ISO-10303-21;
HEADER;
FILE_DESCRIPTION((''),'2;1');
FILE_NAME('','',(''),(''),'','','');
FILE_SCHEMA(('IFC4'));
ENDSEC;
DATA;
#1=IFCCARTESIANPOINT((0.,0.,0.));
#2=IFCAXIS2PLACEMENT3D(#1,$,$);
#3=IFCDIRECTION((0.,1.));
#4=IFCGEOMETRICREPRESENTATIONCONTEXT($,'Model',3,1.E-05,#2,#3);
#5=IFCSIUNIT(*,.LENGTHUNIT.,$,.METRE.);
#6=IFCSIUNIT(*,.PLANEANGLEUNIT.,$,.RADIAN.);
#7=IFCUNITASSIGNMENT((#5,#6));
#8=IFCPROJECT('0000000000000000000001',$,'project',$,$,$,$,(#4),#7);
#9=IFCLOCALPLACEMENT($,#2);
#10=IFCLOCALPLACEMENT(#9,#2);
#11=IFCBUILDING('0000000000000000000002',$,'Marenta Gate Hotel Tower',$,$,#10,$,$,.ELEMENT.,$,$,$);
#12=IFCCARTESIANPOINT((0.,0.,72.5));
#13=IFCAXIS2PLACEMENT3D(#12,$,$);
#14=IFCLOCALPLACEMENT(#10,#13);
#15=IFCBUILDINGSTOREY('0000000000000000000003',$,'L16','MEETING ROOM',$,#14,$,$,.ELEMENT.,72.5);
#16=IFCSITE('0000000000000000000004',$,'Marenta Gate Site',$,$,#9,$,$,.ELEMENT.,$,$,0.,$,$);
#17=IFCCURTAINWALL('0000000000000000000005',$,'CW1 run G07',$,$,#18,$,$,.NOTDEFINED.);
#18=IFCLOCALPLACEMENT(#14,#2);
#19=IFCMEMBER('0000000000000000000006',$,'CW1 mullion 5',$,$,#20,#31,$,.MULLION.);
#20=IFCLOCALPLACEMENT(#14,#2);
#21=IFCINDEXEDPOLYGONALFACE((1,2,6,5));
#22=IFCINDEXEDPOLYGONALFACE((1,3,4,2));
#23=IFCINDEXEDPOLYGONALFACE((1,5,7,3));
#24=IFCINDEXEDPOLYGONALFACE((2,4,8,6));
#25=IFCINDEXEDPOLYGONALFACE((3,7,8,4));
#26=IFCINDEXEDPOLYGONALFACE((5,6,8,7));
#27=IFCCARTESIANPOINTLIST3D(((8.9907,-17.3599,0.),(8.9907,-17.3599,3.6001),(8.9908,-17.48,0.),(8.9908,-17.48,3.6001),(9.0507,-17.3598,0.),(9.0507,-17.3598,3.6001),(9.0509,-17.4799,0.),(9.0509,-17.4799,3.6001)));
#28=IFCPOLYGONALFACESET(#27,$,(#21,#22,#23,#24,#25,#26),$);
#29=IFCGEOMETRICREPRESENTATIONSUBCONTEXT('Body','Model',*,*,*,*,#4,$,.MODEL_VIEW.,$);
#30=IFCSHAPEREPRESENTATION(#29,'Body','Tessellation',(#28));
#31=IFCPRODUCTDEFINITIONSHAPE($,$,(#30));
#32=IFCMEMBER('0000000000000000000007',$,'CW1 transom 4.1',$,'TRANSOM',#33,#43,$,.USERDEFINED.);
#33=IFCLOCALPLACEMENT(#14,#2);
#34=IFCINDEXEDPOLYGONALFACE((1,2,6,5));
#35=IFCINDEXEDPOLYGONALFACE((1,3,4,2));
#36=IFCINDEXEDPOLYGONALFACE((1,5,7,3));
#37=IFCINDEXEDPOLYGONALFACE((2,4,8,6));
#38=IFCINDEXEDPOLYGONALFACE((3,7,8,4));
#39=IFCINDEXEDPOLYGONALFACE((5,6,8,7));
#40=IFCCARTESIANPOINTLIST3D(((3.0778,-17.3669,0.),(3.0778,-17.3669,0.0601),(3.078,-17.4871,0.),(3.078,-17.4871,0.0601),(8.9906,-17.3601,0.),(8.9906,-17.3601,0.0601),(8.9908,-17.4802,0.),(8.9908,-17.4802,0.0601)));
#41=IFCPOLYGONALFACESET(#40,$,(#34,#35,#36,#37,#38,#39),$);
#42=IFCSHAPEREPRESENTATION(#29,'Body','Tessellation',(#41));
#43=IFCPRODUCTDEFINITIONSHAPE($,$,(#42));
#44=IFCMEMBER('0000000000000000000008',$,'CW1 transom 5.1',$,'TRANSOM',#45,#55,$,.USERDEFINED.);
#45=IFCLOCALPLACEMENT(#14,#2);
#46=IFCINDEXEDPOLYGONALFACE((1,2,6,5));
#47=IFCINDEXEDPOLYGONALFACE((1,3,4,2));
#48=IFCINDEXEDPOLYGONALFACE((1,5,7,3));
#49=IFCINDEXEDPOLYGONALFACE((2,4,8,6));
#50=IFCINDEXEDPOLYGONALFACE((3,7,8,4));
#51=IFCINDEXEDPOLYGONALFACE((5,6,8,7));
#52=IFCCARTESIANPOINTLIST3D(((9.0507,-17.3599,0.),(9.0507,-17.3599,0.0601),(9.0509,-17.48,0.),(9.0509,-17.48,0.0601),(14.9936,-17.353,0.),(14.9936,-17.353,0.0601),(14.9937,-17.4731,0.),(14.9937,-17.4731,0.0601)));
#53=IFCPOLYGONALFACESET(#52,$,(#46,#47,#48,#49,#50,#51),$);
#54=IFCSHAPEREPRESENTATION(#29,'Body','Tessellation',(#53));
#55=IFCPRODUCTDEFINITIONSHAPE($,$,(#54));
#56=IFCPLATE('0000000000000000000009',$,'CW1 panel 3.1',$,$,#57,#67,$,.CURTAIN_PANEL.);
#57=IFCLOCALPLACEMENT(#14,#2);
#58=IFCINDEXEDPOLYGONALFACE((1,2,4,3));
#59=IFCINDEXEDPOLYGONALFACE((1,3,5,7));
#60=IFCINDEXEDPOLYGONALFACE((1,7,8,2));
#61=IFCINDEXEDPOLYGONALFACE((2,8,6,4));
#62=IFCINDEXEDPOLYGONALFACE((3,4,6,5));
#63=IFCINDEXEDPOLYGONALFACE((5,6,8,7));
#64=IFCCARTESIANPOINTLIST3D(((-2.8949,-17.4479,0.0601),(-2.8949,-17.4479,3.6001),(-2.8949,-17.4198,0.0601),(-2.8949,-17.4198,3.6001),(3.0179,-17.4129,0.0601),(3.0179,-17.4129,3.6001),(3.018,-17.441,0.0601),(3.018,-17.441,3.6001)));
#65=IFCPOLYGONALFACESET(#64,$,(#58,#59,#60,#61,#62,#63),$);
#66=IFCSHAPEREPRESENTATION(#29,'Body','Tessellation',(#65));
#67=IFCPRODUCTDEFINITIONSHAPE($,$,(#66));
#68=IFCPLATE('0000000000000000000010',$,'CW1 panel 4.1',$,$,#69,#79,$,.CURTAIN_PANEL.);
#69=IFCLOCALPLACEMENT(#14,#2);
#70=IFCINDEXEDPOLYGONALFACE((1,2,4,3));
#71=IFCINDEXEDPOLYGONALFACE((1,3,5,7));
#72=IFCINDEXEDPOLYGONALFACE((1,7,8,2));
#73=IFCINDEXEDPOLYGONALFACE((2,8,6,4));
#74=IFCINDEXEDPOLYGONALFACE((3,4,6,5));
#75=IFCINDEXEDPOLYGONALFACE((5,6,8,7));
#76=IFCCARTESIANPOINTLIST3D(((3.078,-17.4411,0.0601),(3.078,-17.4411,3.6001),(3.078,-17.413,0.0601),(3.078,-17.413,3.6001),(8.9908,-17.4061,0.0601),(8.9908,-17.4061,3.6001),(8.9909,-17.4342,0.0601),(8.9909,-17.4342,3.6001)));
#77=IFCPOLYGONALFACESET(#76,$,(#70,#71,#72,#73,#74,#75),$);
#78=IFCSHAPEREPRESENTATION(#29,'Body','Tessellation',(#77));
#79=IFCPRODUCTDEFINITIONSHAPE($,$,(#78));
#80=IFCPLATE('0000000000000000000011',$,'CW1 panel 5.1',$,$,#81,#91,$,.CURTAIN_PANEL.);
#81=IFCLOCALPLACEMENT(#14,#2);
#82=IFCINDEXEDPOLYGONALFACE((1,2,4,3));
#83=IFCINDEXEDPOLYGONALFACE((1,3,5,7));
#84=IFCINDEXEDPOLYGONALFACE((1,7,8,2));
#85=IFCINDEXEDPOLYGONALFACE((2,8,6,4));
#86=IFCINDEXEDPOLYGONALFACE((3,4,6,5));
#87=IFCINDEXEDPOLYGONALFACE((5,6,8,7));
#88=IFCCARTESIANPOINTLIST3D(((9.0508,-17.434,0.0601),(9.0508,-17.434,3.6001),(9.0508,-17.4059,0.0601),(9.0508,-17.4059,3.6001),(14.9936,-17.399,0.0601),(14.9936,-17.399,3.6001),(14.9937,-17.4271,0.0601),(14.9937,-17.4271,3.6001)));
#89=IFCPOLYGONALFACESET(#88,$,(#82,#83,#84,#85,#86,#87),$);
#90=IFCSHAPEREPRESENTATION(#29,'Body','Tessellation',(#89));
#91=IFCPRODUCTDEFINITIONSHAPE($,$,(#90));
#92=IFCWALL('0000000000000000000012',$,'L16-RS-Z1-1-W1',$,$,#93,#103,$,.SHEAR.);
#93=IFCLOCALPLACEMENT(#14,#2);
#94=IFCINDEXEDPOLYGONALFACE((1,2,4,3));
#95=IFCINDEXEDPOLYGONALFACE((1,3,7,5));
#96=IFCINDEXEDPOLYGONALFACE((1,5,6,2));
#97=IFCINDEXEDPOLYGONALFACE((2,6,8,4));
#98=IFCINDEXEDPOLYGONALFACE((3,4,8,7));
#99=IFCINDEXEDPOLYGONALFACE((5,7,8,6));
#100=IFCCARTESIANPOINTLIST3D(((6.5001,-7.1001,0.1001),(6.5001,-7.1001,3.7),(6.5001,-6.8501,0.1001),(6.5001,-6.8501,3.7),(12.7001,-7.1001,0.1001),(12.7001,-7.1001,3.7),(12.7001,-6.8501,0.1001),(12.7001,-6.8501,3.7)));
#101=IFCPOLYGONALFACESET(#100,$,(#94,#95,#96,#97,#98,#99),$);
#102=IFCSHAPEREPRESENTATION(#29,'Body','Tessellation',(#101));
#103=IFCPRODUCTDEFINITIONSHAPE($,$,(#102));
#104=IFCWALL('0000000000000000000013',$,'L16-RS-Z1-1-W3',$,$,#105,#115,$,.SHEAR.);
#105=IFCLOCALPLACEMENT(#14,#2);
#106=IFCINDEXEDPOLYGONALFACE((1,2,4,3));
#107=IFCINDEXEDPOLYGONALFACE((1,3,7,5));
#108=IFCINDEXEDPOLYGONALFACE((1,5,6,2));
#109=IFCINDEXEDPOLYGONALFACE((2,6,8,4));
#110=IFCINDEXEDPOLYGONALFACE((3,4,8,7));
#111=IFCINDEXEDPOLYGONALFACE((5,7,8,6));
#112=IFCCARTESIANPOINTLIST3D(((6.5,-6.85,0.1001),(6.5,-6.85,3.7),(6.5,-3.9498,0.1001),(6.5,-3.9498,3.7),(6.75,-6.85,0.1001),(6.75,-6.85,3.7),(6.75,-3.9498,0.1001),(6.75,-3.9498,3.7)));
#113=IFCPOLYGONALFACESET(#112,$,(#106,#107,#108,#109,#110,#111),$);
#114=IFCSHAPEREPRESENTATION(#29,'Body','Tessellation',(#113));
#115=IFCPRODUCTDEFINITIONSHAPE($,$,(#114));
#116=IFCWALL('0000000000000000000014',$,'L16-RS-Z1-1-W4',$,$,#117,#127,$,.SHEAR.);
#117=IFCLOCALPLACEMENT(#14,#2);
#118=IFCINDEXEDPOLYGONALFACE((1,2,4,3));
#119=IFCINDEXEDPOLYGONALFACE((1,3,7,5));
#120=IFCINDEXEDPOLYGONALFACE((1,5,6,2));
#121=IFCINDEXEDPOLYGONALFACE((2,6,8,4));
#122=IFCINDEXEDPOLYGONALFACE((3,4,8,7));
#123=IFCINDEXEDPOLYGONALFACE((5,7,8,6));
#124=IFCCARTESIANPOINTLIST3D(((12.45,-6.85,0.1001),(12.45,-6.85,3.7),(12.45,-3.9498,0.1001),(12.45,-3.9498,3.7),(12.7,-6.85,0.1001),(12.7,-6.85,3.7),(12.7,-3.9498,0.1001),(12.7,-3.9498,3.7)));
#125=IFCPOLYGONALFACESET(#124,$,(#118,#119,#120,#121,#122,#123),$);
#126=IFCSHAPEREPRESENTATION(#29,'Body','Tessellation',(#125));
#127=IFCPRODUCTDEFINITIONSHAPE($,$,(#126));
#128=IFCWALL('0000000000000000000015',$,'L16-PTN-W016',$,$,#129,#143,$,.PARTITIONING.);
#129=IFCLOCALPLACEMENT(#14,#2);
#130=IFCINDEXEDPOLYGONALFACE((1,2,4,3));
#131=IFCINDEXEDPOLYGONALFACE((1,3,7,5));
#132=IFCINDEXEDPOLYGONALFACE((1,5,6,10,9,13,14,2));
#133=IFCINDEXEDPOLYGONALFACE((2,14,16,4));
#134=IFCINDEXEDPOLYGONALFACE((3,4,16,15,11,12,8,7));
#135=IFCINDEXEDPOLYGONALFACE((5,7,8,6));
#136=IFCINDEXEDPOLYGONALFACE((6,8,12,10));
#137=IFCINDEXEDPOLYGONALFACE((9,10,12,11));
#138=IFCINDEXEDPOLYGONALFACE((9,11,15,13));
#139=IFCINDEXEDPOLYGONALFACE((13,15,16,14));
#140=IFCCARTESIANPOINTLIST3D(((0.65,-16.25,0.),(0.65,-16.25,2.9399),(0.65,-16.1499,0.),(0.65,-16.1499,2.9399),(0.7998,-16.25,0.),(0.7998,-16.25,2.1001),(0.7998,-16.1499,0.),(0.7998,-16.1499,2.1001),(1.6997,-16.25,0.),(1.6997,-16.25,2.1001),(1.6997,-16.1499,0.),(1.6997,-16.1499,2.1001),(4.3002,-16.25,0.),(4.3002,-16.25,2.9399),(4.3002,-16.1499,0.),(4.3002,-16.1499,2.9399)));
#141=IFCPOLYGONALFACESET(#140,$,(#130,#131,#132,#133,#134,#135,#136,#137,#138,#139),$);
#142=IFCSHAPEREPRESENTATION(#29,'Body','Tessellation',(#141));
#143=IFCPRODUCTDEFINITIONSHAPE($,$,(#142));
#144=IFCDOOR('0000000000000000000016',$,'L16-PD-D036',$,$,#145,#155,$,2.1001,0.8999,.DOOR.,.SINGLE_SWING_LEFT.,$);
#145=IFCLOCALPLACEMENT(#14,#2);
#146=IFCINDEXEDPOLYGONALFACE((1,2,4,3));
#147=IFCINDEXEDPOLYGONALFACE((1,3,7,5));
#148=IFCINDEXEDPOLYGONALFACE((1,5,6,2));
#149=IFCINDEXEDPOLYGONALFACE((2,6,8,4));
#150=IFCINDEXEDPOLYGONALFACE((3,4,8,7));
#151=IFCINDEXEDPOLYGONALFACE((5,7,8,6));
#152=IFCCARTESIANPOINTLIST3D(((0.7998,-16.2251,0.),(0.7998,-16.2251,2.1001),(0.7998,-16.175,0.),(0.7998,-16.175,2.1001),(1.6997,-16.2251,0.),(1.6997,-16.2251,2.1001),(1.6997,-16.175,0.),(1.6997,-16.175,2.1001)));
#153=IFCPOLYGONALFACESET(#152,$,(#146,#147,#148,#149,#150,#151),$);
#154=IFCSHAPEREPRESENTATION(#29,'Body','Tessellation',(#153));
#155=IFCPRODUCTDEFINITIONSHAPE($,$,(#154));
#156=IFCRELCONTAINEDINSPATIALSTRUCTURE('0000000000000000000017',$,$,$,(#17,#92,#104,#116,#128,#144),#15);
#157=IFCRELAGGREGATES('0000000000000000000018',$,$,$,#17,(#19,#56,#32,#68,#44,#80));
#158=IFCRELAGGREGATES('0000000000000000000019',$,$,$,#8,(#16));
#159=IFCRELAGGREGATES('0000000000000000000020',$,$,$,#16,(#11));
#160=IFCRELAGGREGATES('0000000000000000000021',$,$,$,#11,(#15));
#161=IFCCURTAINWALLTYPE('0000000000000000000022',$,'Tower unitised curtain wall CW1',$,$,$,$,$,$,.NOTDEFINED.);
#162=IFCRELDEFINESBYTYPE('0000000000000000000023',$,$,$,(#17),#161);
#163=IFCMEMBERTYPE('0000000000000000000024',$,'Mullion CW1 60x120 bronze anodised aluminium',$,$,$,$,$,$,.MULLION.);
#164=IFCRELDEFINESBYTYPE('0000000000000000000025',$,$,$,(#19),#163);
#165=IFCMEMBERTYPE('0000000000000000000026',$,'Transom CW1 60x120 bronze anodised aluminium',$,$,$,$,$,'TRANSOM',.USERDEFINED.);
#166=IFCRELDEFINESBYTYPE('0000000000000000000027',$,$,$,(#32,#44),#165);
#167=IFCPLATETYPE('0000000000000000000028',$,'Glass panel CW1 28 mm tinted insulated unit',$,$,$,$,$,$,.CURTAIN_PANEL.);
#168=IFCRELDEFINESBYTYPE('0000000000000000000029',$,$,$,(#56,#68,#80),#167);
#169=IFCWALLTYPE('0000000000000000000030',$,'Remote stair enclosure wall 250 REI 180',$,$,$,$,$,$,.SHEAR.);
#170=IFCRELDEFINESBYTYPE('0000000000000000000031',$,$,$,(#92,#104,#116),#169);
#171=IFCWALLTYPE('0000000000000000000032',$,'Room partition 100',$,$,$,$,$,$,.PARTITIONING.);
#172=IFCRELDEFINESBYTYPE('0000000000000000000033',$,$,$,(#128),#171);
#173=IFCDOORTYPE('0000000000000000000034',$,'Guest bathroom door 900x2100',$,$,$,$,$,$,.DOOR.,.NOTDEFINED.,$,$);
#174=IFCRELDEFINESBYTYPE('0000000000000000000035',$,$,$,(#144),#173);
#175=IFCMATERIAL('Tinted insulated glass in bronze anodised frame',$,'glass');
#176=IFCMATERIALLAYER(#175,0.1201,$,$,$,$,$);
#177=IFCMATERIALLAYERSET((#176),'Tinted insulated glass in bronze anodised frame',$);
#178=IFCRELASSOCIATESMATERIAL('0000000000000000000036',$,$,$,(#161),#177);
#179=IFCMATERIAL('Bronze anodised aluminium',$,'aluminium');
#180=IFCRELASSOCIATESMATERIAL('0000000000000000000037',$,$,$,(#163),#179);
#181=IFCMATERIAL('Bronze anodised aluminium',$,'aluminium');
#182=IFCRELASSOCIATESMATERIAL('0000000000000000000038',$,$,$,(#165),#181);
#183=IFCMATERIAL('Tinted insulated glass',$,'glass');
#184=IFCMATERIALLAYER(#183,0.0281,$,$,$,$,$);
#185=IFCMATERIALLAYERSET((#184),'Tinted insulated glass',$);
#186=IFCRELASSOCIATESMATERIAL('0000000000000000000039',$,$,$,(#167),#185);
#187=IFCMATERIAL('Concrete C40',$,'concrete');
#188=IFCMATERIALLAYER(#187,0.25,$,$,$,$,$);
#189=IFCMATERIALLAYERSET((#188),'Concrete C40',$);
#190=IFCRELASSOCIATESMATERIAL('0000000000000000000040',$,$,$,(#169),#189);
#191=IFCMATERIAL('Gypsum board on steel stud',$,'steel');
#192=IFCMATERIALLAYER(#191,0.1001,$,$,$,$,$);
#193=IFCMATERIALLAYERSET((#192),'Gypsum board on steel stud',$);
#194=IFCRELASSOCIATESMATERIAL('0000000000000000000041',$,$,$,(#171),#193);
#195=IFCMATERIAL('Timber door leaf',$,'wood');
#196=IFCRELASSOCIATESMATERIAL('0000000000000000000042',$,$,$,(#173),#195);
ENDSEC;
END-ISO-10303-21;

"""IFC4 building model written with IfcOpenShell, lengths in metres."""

from ifc_helpers import new_model, si_unit, direction, frame, frame_2d, origin, origin_2d, place, context, subcontext, project, spatial, rectangle, extrude, material, layer, layer_set, material_profile, profile_set, type_object, element, fill, aggregate, save


model = new_model("IFC4")

# Units and contexts
model_context = context("Model", 3, precision=1e-05, world=origin(), true_north=direction((0.0, 1.0)))
body_context = subcontext(model_context, "Body", "Model", "MODEL_VIEW")
ifc_project = project(units=[si_unit("LENGTHUNIT", "METRE"), si_unit("PLANEANGLEUNIT", "RADIAN")], contexts=[model_context])

# Site, building, storey
site_placement = place(None, origin())
site = spatial("IfcSite", under=ifc_project, at=site_placement, Name="Marenta Gate Site", CompositionType="ELEMENT", RefElevation=0.0)
building_placement = place(site_placement, origin())
building = spatial("IfcBuilding", under=site, at=building_placement, Name="Marenta Gate Hotel Tower", CompositionType="ELEMENT")
storey_placement = place(building_placement, frame((0.0, 0.0, 72.5)))
storey = spatial("IfcBuildingStorey", under=building, at=storey_placement, Name="L16", Description="MEETING ROOM", CompositionType="ELEMENT", Elevation=72.5)

# Curtain wall, members, plates
ifc_material_1 = material(Name="Tinted insulated glass in bronze anodised frame", Category="glass")
ifc_layer_1 = layer(ifc_material_1, 0.1201)
ifc_layer_set_1 = layer_set([ifc_layer_1], Name="Tinted insulated glass in bronze anodised frame")
curtain_wall_type = type_object("IfcCurtainWallType", Name="Tower unitised curtain wall CW1", PredefinedType="NOTDEFINED", material=ifc_layer_set_1)
curtain_wall_placement = place(storey_placement, origin())
curtain_wall = element("IfcCurtainWall", 1, at=curtain_wall_placement, inside=storey, type_object=curtain_wall_type, Name="CW1 run G07", PredefinedType="NOTDEFINED")
ifc_material_2 = material(Name="Bronze anodised aluminium", Category="aluminium")
ifc_material_profile_1 = material_profile(ifc_material_2, rectangle(XDim=0.1201, YDim=0.0601, at=origin_2d()), Name="Mullion CW1 60x120 bronze anodised aluminium")
ifc_profile_set_1 = profile_set([ifc_material_profile_1], Name="Bronze anodised aluminium")
member_type_1 = type_object("IfcMemberType", Name="Mullion CW1 60x120 bronze anodised aluminium", PredefinedType="MULLION", material=ifc_profile_set_1)
member_1_placement = place(storey_placement, frame((9.0208, -17.4199, 0.0), z_axis=(0.0, 0.0, 1.0), x_axis=(-0.001162, 0.999999, 0.0)))
member_1 = element("IfcMember", 2, at=member_1_placement, type_object=member_type_1, Name="CW1 mullion 5", PredefinedType="MULLION", context=body_context, shape_type="SweptSolid", body=[
    extrude(rectangle(XDim=0.1201, YDim=0.0601, at=origin_2d()), origin(), (0.0, 0.0, 1.0), 3.6001),
])
ifc_material_3 = material(Name="Bronze anodised aluminium", Category="aluminium")
ifc_material_profile_2 = material_profile(ifc_material_3, rectangle(XDim=0.1201, YDim=0.0601, at=origin_2d()), Name="Transom CW1 60x120 bronze anodised aluminium")
ifc_profile_set_2 = profile_set([ifc_material_profile_2], Name="Bronze anodised aluminium")
member_type_2 = type_object("IfcMemberType", Name="Transom CW1 60x120 bronze anodised aluminium", ElementType="TRANSOM", PredefinedType="USERDEFINED", material=ifc_profile_set_2)
member_2_placement = place(storey_placement, frame((3.0779, -17.427, 0.03), z_axis=(0.999999, 0.001156, 0.0), x_axis=(-0.001156, 0.999999, 0.0)))
member_2 = element("IfcMember", 3, at=member_2_placement, type_object=member_type_2, Name="CW1 transom 4.1", ObjectType="TRANSOM", PredefinedType="USERDEFINED", context=body_context, shape_type="SweptSolid", body=[
    extrude(rectangle(XDim=0.1201, YDim=0.0601, at=origin_2d()), origin(), (0.0, 0.0, 1.0), 5.9128),
])
member_3_placement = place(storey_placement, frame((9.0508, -17.4199, 0.03), z_axis=(0.999999, 0.00115, 0.0), x_axis=(-0.00115, 0.999999, 0.0)))
member_3 = element("IfcMember", 4, at=member_3_placement, type_object=member_type_2, Name="CW1 transom 5.1", ObjectType="TRANSOM", PredefinedType="USERDEFINED", context=body_context, shape_type="SweptSolid", body=[
    extrude(rectangle(XDim=0.1201, YDim=0.0601, at=origin_2d()), origin(), (0.0, 0.0, 1.0), 5.9429),
])
ifc_material_4 = material(Name="Tinted insulated glass", Category="glass")
ifc_layer_2 = layer(ifc_material_4, 0.0281)
ifc_layer_set_2 = layer_set([ifc_layer_2], Name="Tinted insulated glass")
plate_type = type_object("IfcPlateType", Name="Glass panel CW1 28 mm tinted insulated unit", PredefinedType="CURTAIN_PANEL", material=ifc_layer_set_2)
plate_1_placement = place(storey_placement, frame((0.0615, -17.4304, 0.0601), z_axis=(0.0, 0.0, 1.0), x_axis=(0.999999, 0.001162, 0.0)))
plate_1 = element("IfcPlate", 5, at=plate_1_placement, type_object=plate_type, Name="CW1 panel 3.1", PredefinedType="CURTAIN_PANEL", context=body_context, shape_type="SweptSolid", body=[
    extrude(rectangle(XDim=5.9128, YDim=0.0281, at=origin_2d()), origin(), (0.0, 0.0, 1.0), 3.54),
])
plate_2_placement = place(storey_placement, frame((6.0344, -17.4236, 0.0601), z_axis=(0.0, 0.0, 1.0), x_axis=(0.999999, 0.001162, 0.0)))
plate_2 = element("IfcPlate", 6, at=plate_2_placement, type_object=plate_type, Name="CW1 panel 4.1", PredefinedType="CURTAIN_PANEL", context=body_context, shape_type="SweptSolid", body=[
    extrude(rectangle(XDim=5.9128, YDim=0.0281, at=origin_2d()), origin(), (0.0, 0.0, 1.0), 3.54),
])
plate_3_placement = place(storey_placement, frame((12.0222, -17.4165, 0.0601), z_axis=(0.0, 0.0, 1.0), x_axis=(0.999999, 0.001162, 0.0)))
plate_3 = element("IfcPlate", 7, at=plate_3_placement, type_object=plate_type, Name="CW1 panel 5.1", PredefinedType="CURTAIN_PANEL", context=body_context, shape_type="SweptSolid", body=[
    extrude(rectangle(XDim=5.9429, YDim=0.0281, at=origin_2d()), origin(), (0.0, 0.0, 1.0), 3.54),
])
aggregate(curtain_wall, [member_1, plate_1, member_2, plate_2, member_3, plate_3])

# Walls
ifc_material_5 = material(Name="Concrete C40", Category="concrete")
ifc_layer_3 = layer(ifc_material_5, 0.25)
ifc_layer_set_3 = layer_set([ifc_layer_3], Name="Concrete C40")
wall_type_1 = type_object("IfcWallType", Name="Remote stair enclosure wall 250 REI 180", PredefinedType="SHEAR", material=ifc_layer_set_3)
wall_1_placement = place(storey_placement, frame((6.5, -6.9751, 0.1001), z_axis=(0.0, 0.0, 1.0), x_axis=(1.0, 0.0, 0.0)))
element("IfcWall", 8, at=wall_1_placement, inside=storey, type_object=wall_type_1, Name="L16-RS-Z1-1-W1", PredefinedType="SHEAR", context=body_context, shape_type="SweptSolid", body=[
    extrude(rectangle(XDim=6.2, YDim=0.25, at=frame_2d((3.1001, 0.0))), origin(), (0.0, 0.0, 1.0), 3.5999),
])
for number, where, z_axis, x_axis, name in (
    (9, (6.625, -6.8501, 0.1001), (0.0, 0.0, 1.0), (0.0, 1.0, 0.0), "L16-RS-Z1-1-W3"),
    (10, (12.575, -6.8501, 0.1001), (0.0, 0.0, 1.0), (0.0, 1.0, 0.0), "L16-RS-Z1-1-W4"),
):
    element("IfcWall", number, at=place(storey_placement, frame(where, z_axis=z_axis, x_axis=x_axis)), inside=storey, type_object=wall_type_1, Name=name, PredefinedType="SHEAR", context=body_context, shape_type="SweptSolid", body=[
        extrude(rectangle(XDim=2.9001, YDim=0.25, at=frame_2d((1.4502, 0.0))), origin(), (0.0, 0.0, 1.0), 3.5999),
    ])

# Wall, opening, door
ifc_material_6 = material(Name="Gypsum board on steel stud", Category="steel")
ifc_layer_4 = layer(ifc_material_6, 0.1001)
ifc_layer_set_4 = layer_set([ifc_layer_4], Name="Gypsum board on steel stud")
wall_type_2 = type_object("IfcWallType", Name="Room partition 100", PredefinedType="PARTITIONING", material=ifc_layer_set_4)
wall_2_placement = place(storey_placement, frame((0.6499, -16.2, 0.0), z_axis=(0.0, 0.0, 1.0), x_axis=(1.0, 0.0, 0.0)))
wall_2 = element("IfcWall", 11, at=wall_2_placement, inside=storey, type_object=wall_type_2, Name="L16-PTN-W016", PredefinedType="PARTITIONING", context=body_context, shape_type="SweptSolid", body=[
    extrude(rectangle(XDim=3.6501, YDim=0.1001, at=frame_2d((1.8252, 0.0))), origin(), (0.0, 0.0, 1.0), 2.9399),
])
opening_1_placement = place(wall_2_placement, frame((0.1499, 0.0, 0.0)))
opening_1 = element("IfcOpeningElement", 12, at=opening_1_placement, cuts=wall_2, PredefinedType="OPENING", context=body_context, shape_type="SweptSolid", body=[
    extrude(rectangle(XDim=0.8999, YDim=2.1001, at=frame_2d((0.45, 1.05))), frame((0.0, 0.05, 0.0), z_axis=(0.0, -1.0, 0.0), x_axis=(1.0, 0.0, 0.0)), (0.0, 0.0, 1.0), 0.1001),
])
ifc_material_7 = material(Name="Timber door leaf", Category="wood")
door_type = type_object("IfcDoorType", Name="Guest bathroom door 900x2100", OperationType="NOTDEFINED", PredefinedType="DOOR", material=ifc_material_7)
door_1_placement = place(opening_1_placement, origin())
door_1 = element("IfcDoor", 13, at=door_1_placement, inside=storey, type_object=door_type, Name="L16-PD-D036", OperationType="SINGLE_SWING_LEFT", OverallHeight=2.1001, OverallWidth=0.8999, PredefinedType="DOOR", context=body_context, shape_type="SweptSolid", body=[
    extrude(rectangle(XDim=0.8999, YDim=2.1001, at=frame_2d((0.45, 1.05))), frame((0.0, 0.0249, 0.0), z_axis=(0.0, -1.0, 0.0), x_axis=(1.0, 0.0, 0.0)), (0.0, 0.0, 1.0), 0.05),
])
fill(opening_1, door_1)

save(model, "model.ifc")
